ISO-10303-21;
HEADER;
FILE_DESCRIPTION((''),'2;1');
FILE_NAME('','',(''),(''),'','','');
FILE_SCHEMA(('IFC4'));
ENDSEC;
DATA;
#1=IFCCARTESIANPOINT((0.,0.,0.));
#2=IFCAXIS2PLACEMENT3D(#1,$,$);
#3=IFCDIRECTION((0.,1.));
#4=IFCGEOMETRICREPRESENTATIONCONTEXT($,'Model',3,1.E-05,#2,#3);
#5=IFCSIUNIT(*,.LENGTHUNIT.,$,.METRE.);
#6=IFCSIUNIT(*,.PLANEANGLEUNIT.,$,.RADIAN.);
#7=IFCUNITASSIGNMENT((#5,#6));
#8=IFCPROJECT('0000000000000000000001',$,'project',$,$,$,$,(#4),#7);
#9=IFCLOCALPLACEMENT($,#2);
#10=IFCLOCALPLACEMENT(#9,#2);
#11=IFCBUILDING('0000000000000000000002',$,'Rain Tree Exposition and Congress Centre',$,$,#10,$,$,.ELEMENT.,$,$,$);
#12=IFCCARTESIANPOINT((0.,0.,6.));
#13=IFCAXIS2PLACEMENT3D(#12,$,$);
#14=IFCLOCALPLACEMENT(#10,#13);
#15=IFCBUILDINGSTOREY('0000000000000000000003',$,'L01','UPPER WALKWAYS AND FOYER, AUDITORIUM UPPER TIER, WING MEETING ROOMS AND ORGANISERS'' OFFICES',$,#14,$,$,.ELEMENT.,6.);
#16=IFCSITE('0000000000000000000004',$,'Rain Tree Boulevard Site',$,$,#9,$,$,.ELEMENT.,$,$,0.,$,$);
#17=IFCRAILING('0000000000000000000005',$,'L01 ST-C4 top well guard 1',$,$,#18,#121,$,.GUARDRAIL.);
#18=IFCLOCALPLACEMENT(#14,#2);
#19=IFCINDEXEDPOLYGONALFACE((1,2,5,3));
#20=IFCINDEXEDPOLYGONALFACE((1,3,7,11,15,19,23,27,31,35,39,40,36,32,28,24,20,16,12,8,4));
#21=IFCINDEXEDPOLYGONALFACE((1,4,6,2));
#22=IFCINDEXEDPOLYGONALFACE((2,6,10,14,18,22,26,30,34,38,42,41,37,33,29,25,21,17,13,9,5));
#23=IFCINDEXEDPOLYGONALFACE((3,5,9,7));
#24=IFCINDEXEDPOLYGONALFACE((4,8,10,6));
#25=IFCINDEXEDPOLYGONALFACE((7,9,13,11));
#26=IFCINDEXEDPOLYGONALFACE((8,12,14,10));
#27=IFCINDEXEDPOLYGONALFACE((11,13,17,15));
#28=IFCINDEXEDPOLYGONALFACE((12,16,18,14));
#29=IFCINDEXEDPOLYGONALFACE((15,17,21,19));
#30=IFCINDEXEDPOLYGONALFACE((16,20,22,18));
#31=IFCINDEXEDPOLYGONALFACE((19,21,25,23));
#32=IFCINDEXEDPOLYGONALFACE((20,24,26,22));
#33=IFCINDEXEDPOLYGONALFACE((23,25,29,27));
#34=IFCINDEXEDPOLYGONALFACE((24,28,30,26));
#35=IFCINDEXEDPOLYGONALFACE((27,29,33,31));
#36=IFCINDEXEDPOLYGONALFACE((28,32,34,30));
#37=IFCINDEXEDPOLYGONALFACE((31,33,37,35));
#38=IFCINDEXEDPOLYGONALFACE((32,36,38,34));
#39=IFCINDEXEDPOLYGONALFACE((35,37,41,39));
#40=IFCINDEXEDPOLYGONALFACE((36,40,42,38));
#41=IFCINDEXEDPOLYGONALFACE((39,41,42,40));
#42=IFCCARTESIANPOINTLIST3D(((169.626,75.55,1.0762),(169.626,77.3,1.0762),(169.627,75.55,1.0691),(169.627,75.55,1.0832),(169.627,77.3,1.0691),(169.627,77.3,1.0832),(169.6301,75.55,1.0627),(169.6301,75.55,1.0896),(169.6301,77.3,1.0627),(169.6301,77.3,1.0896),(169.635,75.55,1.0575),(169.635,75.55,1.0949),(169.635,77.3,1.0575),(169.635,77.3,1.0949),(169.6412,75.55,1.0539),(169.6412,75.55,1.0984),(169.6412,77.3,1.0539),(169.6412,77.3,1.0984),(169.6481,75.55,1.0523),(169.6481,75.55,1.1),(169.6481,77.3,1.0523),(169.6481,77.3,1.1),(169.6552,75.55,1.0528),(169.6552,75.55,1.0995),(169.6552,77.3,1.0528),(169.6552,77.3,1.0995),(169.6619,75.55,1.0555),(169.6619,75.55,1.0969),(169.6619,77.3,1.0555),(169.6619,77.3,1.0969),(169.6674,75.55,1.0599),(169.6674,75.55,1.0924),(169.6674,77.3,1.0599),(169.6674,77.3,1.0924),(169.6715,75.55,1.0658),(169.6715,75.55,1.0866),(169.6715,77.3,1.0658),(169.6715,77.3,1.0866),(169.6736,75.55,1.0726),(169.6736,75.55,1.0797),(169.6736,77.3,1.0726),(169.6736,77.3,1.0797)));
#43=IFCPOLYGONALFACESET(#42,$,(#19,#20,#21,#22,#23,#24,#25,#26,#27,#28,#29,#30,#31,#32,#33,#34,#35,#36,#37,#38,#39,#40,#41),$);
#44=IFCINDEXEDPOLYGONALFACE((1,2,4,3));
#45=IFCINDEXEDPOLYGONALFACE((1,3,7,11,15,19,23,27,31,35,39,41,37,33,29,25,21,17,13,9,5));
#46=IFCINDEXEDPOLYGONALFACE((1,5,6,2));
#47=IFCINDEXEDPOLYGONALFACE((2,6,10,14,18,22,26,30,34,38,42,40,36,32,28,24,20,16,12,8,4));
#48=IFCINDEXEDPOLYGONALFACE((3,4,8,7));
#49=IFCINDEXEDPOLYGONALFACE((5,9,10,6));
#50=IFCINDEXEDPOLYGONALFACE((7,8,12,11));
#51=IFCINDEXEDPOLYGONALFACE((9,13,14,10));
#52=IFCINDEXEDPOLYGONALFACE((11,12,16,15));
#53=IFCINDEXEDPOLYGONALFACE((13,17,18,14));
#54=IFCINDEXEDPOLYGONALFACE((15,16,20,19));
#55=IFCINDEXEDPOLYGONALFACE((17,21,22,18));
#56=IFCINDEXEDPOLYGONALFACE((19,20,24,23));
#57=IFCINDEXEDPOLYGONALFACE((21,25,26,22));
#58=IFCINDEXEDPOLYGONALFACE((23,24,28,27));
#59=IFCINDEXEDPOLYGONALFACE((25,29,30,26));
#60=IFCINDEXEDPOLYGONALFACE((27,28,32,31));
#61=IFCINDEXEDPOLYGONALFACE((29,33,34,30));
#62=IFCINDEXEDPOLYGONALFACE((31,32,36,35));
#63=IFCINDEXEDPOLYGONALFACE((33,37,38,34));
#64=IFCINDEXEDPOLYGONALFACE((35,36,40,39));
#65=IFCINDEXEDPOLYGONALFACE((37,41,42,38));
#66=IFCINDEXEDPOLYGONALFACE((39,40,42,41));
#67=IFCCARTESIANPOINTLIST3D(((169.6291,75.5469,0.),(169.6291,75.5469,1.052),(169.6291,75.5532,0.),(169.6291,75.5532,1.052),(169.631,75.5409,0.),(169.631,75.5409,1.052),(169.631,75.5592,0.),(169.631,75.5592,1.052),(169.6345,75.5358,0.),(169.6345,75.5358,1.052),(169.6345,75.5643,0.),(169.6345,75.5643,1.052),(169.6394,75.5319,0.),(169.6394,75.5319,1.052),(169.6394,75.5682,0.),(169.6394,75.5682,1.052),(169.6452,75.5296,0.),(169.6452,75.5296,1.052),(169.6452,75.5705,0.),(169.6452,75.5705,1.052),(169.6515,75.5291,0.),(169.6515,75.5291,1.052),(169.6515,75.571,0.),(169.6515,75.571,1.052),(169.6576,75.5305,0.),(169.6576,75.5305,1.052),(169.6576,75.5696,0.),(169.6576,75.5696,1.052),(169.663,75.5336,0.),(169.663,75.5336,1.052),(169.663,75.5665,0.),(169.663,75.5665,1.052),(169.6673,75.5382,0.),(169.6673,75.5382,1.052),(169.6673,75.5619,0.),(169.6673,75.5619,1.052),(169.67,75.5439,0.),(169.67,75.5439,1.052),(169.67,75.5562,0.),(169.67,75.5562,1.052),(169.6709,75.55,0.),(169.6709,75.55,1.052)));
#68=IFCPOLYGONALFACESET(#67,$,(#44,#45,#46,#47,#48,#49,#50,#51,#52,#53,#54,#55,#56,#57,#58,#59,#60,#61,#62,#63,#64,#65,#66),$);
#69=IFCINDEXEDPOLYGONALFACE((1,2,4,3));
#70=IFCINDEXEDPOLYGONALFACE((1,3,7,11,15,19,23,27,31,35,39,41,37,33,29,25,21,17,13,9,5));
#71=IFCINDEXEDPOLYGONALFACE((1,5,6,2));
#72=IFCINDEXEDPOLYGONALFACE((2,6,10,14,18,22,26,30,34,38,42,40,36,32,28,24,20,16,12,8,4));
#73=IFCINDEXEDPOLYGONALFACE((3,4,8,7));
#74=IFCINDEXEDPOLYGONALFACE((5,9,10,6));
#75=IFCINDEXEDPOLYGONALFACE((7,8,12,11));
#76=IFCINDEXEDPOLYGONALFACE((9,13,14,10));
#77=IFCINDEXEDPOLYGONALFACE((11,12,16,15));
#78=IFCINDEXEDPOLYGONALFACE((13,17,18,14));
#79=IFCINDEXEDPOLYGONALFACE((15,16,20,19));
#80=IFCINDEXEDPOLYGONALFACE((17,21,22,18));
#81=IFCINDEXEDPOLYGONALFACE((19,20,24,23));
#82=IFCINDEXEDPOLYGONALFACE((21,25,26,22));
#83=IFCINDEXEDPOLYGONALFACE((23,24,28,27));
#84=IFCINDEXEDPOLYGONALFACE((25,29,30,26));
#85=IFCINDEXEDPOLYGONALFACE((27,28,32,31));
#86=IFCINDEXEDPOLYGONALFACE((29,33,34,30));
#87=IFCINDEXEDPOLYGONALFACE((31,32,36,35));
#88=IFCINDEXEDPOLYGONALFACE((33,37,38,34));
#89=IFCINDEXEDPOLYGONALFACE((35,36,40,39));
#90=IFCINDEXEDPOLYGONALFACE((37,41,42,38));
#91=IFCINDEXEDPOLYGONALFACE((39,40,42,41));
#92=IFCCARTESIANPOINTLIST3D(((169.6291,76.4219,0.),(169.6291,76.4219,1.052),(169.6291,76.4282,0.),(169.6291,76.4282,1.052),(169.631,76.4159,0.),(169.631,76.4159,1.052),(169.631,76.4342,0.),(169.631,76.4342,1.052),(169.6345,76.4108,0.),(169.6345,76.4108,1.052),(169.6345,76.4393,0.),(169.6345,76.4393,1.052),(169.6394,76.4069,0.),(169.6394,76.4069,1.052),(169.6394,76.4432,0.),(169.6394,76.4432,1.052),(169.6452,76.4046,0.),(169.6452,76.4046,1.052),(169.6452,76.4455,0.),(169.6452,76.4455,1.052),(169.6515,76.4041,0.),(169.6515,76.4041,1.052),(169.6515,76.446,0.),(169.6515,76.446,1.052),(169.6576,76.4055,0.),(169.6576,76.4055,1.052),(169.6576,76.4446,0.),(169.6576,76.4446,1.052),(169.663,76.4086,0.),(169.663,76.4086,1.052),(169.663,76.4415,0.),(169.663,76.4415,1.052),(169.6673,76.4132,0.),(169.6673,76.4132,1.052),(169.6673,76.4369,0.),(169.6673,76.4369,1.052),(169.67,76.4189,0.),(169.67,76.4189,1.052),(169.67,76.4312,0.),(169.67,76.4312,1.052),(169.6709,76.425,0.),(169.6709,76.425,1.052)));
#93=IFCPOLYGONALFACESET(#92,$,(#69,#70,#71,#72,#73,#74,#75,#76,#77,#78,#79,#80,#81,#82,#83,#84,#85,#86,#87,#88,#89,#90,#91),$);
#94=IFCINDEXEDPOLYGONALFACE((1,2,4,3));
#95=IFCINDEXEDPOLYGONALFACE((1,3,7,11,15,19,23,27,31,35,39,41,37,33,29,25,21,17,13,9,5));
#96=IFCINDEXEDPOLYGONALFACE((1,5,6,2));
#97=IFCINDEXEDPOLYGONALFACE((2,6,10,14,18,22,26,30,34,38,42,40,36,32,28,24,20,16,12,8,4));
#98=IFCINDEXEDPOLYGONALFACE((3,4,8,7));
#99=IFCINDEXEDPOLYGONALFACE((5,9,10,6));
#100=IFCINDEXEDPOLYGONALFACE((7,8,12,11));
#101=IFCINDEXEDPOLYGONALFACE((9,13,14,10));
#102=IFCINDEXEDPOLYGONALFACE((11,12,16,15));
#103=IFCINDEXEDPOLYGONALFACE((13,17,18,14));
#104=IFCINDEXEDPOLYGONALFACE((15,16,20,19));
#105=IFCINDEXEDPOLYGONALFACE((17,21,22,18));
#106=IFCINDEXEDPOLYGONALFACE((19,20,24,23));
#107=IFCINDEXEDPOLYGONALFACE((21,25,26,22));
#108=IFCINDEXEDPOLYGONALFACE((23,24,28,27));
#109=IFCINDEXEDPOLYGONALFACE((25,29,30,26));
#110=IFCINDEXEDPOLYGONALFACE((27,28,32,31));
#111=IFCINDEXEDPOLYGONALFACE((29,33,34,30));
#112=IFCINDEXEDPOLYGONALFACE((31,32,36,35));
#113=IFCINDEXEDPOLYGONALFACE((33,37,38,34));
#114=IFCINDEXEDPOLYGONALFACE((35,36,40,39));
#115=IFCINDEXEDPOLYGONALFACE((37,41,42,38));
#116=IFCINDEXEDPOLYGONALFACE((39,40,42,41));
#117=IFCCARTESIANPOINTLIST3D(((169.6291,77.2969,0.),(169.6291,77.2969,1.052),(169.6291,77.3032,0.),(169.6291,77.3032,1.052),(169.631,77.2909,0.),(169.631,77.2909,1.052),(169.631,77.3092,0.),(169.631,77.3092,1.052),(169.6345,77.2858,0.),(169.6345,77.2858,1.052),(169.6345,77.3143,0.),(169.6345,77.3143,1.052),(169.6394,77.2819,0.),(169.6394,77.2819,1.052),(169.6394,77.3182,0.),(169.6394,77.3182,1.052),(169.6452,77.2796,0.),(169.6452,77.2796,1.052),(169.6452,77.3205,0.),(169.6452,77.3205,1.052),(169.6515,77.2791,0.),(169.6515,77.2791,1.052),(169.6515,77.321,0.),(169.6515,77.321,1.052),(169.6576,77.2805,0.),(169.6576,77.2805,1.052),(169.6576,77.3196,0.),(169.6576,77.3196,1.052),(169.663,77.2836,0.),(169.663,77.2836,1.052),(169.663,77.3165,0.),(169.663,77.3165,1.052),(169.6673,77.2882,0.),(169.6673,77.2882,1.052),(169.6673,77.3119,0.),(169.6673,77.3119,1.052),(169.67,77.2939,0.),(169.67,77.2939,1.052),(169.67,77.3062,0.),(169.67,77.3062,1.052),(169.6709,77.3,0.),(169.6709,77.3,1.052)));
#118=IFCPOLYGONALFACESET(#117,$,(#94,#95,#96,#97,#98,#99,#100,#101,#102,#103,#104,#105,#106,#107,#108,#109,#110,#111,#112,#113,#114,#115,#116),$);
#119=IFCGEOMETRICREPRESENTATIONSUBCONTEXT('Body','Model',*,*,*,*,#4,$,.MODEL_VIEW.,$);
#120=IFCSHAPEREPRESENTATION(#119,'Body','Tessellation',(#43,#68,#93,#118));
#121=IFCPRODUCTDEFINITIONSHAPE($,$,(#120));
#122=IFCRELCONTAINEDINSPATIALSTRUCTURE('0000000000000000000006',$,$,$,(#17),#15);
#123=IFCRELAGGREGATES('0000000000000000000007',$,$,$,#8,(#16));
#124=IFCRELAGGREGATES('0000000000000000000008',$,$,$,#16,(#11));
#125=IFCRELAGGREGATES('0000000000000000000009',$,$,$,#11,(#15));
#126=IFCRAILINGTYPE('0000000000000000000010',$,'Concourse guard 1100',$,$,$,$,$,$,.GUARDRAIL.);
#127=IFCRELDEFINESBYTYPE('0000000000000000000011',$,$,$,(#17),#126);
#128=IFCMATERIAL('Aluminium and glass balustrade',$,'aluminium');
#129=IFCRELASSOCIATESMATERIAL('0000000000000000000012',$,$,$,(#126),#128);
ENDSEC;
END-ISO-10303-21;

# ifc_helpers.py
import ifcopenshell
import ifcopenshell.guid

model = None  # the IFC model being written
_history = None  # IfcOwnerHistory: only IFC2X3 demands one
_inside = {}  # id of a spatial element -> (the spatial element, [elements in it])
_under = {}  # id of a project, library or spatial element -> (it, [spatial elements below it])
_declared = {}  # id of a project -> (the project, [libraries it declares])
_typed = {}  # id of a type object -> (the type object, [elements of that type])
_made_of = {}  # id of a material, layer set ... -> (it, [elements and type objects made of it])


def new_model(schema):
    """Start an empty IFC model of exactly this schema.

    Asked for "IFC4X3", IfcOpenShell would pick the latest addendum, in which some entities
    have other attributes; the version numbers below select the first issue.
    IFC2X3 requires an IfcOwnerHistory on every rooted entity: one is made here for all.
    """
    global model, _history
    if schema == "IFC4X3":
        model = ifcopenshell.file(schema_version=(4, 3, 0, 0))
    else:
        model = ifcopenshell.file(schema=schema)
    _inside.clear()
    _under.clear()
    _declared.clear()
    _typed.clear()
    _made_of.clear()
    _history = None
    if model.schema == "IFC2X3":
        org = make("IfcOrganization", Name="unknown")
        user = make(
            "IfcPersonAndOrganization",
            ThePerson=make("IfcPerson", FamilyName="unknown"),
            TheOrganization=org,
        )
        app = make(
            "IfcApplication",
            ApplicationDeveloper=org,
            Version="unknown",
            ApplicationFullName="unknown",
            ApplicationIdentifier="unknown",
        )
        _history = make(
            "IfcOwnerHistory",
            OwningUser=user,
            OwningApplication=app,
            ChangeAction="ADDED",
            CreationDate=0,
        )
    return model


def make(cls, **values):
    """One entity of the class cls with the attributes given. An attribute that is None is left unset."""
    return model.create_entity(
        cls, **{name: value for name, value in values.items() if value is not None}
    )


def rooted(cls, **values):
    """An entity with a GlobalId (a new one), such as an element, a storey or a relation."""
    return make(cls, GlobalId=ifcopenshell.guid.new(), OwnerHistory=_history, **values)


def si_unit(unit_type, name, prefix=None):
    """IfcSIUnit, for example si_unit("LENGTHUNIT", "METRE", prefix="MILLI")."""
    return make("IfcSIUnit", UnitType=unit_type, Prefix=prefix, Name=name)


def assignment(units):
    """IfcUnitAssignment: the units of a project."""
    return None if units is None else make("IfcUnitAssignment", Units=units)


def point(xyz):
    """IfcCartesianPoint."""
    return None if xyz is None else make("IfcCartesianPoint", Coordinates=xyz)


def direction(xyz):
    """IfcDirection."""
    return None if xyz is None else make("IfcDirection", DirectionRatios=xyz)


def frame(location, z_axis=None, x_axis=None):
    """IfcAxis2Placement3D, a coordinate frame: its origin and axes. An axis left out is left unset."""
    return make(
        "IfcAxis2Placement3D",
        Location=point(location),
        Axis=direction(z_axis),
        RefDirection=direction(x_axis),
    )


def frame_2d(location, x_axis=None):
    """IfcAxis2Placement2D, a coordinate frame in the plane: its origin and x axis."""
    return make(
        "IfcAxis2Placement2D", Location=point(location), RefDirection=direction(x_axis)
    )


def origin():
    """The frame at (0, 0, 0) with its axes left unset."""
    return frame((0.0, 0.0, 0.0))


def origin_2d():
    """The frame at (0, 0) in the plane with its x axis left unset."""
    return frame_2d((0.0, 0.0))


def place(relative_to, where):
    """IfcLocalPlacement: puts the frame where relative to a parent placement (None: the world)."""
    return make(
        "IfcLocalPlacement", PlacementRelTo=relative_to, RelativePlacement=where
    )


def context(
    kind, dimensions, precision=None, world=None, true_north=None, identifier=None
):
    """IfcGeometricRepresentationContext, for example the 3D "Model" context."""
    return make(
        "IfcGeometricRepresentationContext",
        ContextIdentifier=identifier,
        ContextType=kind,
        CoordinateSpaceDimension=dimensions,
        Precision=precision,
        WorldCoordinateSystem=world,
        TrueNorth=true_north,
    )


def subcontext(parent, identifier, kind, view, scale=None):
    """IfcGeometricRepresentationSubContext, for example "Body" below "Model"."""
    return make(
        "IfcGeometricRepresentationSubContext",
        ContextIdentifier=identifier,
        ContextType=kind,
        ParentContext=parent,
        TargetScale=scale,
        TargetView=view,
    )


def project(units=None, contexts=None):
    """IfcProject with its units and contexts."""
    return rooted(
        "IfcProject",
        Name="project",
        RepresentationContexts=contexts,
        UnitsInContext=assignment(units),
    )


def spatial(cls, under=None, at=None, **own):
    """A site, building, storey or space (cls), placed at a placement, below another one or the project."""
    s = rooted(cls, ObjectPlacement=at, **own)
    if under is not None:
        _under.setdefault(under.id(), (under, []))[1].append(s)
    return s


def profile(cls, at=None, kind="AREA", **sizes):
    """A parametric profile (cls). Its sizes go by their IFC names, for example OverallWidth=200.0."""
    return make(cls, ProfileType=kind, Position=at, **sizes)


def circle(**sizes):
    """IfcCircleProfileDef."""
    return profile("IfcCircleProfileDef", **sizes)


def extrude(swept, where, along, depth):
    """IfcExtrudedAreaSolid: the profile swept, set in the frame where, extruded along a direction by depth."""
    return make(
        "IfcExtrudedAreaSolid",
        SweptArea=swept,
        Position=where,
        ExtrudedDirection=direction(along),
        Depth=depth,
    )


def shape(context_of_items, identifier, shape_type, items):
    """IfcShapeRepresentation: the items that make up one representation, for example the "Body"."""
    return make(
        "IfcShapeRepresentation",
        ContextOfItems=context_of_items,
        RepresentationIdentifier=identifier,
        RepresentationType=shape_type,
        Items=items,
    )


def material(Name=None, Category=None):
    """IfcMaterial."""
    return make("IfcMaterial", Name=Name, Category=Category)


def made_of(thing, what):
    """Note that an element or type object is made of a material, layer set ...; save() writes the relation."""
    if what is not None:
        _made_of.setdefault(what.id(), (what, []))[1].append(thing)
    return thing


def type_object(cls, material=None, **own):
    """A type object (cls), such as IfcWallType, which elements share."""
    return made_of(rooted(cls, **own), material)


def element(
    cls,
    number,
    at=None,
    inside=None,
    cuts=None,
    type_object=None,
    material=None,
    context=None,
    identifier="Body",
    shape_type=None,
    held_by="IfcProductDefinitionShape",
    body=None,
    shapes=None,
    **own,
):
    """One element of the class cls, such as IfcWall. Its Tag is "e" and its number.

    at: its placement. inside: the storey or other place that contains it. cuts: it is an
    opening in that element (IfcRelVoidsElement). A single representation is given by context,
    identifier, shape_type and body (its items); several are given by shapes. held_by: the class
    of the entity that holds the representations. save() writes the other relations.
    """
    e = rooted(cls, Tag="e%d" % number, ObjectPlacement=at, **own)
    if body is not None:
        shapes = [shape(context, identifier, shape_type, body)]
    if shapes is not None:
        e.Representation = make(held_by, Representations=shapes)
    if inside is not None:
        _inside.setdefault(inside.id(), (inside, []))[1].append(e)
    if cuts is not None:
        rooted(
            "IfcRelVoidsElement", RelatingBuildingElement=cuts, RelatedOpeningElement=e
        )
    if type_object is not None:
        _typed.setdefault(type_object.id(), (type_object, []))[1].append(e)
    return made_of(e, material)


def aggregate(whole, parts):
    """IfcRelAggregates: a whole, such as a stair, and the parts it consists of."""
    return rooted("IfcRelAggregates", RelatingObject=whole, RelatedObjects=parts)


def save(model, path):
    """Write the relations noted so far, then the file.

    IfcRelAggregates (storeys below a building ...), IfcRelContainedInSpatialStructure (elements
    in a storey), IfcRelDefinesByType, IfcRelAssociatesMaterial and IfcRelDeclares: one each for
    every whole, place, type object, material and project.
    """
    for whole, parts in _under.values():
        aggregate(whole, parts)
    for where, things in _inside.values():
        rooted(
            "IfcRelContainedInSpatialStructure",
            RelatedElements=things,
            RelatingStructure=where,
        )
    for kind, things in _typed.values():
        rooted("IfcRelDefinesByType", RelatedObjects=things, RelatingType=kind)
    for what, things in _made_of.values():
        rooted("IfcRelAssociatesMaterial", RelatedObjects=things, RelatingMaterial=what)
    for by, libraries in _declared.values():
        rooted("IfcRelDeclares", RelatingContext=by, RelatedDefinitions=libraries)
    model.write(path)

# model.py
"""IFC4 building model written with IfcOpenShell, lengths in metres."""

from ifc_helpers import new_model, si_unit, direction, frame, origin, origin_2d, place, context, subcontext, project, spatial, circle, extrude, material, type_object, element, save


model = new_model("IFC4")

# Units and contexts
model_context = context("Model", 3, precision=1e-05, world=origin(), true_north=direction((0.0, 1.0)))
body_context = subcontext(model_context, "Body", "Model", "MODEL_VIEW")
ifc_project = project(units=[si_unit("LENGTHUNIT", "METRE"), si_unit("PLANEANGLEUNIT", "RADIAN")], contexts=[model_context])

# Site, building, storey
site_placement = place(None, origin())
site = spatial("IfcSite", under=ifc_project, at=site_placement, Name="Rain Tree Boulevard Site", CompositionType="ELEMENT", RefElevation=0.0)
building_placement = place(site_placement, origin())
building = spatial("IfcBuilding", under=site, at=building_placement, Name="Rain Tree Exposition and Congress Centre", CompositionType="ELEMENT")
storey_placement = place(building_placement, frame((0.0, 0.0, 6.0)))
storey = spatial("IfcBuildingStorey", under=building, at=storey_placement, Name="L01", Description="UPPER WALKWAYS AND FOYER, AUDITORIUM UPPER TIER, WING MEETING ROOMS AND ORGANISERS' OFFICES", CompositionType="ELEMENT", Elevation=6.0)

# Railing
ifc_material_1 = material(Name="Aluminium and glass balustrade", Category="aluminium")
railing_type = type_object("IfcRailingType", Name="Concourse guard 1100", PredefinedType="GUARDRAIL", material=ifc_material_1)
railing_placement = place(storey_placement, frame((169.6499, 75.55, 0.0)))
element("IfcRailing", 1, at=railing_placement, inside=storey, type_object=railing_type, Name="L01 ST-C4 top well guard 1", PredefinedType="GUARDRAIL", context=body_context, shape_type="SweptSolid", body=[
    extrude(circle(Radius=0.0239, at=origin_2d()), frame((0.0, 0.0, 1.0762), z_axis=(0.0, 1.0, 0.0), x_axis=(-1.0, 0.0, 0.0)), (0.0, 0.0, 1.0), 1.75),
    extrude(circle(Radius=0.021, at=origin_2d()), origin(), (0.0, 0.0, 1.0), 1.052),
    extrude(circle(Radius=0.021, at=origin_2d()), frame((0.0, 0.875, 0.0)), (0.0, 0.0, 1.0), 1.052),
    extrude(circle(Radius=0.021, at=origin_2d()), frame((0.0, 1.75, 0.0)), (0.0, 0.0, 1.0), 1.052),
])

save(model, "model.ifc")
